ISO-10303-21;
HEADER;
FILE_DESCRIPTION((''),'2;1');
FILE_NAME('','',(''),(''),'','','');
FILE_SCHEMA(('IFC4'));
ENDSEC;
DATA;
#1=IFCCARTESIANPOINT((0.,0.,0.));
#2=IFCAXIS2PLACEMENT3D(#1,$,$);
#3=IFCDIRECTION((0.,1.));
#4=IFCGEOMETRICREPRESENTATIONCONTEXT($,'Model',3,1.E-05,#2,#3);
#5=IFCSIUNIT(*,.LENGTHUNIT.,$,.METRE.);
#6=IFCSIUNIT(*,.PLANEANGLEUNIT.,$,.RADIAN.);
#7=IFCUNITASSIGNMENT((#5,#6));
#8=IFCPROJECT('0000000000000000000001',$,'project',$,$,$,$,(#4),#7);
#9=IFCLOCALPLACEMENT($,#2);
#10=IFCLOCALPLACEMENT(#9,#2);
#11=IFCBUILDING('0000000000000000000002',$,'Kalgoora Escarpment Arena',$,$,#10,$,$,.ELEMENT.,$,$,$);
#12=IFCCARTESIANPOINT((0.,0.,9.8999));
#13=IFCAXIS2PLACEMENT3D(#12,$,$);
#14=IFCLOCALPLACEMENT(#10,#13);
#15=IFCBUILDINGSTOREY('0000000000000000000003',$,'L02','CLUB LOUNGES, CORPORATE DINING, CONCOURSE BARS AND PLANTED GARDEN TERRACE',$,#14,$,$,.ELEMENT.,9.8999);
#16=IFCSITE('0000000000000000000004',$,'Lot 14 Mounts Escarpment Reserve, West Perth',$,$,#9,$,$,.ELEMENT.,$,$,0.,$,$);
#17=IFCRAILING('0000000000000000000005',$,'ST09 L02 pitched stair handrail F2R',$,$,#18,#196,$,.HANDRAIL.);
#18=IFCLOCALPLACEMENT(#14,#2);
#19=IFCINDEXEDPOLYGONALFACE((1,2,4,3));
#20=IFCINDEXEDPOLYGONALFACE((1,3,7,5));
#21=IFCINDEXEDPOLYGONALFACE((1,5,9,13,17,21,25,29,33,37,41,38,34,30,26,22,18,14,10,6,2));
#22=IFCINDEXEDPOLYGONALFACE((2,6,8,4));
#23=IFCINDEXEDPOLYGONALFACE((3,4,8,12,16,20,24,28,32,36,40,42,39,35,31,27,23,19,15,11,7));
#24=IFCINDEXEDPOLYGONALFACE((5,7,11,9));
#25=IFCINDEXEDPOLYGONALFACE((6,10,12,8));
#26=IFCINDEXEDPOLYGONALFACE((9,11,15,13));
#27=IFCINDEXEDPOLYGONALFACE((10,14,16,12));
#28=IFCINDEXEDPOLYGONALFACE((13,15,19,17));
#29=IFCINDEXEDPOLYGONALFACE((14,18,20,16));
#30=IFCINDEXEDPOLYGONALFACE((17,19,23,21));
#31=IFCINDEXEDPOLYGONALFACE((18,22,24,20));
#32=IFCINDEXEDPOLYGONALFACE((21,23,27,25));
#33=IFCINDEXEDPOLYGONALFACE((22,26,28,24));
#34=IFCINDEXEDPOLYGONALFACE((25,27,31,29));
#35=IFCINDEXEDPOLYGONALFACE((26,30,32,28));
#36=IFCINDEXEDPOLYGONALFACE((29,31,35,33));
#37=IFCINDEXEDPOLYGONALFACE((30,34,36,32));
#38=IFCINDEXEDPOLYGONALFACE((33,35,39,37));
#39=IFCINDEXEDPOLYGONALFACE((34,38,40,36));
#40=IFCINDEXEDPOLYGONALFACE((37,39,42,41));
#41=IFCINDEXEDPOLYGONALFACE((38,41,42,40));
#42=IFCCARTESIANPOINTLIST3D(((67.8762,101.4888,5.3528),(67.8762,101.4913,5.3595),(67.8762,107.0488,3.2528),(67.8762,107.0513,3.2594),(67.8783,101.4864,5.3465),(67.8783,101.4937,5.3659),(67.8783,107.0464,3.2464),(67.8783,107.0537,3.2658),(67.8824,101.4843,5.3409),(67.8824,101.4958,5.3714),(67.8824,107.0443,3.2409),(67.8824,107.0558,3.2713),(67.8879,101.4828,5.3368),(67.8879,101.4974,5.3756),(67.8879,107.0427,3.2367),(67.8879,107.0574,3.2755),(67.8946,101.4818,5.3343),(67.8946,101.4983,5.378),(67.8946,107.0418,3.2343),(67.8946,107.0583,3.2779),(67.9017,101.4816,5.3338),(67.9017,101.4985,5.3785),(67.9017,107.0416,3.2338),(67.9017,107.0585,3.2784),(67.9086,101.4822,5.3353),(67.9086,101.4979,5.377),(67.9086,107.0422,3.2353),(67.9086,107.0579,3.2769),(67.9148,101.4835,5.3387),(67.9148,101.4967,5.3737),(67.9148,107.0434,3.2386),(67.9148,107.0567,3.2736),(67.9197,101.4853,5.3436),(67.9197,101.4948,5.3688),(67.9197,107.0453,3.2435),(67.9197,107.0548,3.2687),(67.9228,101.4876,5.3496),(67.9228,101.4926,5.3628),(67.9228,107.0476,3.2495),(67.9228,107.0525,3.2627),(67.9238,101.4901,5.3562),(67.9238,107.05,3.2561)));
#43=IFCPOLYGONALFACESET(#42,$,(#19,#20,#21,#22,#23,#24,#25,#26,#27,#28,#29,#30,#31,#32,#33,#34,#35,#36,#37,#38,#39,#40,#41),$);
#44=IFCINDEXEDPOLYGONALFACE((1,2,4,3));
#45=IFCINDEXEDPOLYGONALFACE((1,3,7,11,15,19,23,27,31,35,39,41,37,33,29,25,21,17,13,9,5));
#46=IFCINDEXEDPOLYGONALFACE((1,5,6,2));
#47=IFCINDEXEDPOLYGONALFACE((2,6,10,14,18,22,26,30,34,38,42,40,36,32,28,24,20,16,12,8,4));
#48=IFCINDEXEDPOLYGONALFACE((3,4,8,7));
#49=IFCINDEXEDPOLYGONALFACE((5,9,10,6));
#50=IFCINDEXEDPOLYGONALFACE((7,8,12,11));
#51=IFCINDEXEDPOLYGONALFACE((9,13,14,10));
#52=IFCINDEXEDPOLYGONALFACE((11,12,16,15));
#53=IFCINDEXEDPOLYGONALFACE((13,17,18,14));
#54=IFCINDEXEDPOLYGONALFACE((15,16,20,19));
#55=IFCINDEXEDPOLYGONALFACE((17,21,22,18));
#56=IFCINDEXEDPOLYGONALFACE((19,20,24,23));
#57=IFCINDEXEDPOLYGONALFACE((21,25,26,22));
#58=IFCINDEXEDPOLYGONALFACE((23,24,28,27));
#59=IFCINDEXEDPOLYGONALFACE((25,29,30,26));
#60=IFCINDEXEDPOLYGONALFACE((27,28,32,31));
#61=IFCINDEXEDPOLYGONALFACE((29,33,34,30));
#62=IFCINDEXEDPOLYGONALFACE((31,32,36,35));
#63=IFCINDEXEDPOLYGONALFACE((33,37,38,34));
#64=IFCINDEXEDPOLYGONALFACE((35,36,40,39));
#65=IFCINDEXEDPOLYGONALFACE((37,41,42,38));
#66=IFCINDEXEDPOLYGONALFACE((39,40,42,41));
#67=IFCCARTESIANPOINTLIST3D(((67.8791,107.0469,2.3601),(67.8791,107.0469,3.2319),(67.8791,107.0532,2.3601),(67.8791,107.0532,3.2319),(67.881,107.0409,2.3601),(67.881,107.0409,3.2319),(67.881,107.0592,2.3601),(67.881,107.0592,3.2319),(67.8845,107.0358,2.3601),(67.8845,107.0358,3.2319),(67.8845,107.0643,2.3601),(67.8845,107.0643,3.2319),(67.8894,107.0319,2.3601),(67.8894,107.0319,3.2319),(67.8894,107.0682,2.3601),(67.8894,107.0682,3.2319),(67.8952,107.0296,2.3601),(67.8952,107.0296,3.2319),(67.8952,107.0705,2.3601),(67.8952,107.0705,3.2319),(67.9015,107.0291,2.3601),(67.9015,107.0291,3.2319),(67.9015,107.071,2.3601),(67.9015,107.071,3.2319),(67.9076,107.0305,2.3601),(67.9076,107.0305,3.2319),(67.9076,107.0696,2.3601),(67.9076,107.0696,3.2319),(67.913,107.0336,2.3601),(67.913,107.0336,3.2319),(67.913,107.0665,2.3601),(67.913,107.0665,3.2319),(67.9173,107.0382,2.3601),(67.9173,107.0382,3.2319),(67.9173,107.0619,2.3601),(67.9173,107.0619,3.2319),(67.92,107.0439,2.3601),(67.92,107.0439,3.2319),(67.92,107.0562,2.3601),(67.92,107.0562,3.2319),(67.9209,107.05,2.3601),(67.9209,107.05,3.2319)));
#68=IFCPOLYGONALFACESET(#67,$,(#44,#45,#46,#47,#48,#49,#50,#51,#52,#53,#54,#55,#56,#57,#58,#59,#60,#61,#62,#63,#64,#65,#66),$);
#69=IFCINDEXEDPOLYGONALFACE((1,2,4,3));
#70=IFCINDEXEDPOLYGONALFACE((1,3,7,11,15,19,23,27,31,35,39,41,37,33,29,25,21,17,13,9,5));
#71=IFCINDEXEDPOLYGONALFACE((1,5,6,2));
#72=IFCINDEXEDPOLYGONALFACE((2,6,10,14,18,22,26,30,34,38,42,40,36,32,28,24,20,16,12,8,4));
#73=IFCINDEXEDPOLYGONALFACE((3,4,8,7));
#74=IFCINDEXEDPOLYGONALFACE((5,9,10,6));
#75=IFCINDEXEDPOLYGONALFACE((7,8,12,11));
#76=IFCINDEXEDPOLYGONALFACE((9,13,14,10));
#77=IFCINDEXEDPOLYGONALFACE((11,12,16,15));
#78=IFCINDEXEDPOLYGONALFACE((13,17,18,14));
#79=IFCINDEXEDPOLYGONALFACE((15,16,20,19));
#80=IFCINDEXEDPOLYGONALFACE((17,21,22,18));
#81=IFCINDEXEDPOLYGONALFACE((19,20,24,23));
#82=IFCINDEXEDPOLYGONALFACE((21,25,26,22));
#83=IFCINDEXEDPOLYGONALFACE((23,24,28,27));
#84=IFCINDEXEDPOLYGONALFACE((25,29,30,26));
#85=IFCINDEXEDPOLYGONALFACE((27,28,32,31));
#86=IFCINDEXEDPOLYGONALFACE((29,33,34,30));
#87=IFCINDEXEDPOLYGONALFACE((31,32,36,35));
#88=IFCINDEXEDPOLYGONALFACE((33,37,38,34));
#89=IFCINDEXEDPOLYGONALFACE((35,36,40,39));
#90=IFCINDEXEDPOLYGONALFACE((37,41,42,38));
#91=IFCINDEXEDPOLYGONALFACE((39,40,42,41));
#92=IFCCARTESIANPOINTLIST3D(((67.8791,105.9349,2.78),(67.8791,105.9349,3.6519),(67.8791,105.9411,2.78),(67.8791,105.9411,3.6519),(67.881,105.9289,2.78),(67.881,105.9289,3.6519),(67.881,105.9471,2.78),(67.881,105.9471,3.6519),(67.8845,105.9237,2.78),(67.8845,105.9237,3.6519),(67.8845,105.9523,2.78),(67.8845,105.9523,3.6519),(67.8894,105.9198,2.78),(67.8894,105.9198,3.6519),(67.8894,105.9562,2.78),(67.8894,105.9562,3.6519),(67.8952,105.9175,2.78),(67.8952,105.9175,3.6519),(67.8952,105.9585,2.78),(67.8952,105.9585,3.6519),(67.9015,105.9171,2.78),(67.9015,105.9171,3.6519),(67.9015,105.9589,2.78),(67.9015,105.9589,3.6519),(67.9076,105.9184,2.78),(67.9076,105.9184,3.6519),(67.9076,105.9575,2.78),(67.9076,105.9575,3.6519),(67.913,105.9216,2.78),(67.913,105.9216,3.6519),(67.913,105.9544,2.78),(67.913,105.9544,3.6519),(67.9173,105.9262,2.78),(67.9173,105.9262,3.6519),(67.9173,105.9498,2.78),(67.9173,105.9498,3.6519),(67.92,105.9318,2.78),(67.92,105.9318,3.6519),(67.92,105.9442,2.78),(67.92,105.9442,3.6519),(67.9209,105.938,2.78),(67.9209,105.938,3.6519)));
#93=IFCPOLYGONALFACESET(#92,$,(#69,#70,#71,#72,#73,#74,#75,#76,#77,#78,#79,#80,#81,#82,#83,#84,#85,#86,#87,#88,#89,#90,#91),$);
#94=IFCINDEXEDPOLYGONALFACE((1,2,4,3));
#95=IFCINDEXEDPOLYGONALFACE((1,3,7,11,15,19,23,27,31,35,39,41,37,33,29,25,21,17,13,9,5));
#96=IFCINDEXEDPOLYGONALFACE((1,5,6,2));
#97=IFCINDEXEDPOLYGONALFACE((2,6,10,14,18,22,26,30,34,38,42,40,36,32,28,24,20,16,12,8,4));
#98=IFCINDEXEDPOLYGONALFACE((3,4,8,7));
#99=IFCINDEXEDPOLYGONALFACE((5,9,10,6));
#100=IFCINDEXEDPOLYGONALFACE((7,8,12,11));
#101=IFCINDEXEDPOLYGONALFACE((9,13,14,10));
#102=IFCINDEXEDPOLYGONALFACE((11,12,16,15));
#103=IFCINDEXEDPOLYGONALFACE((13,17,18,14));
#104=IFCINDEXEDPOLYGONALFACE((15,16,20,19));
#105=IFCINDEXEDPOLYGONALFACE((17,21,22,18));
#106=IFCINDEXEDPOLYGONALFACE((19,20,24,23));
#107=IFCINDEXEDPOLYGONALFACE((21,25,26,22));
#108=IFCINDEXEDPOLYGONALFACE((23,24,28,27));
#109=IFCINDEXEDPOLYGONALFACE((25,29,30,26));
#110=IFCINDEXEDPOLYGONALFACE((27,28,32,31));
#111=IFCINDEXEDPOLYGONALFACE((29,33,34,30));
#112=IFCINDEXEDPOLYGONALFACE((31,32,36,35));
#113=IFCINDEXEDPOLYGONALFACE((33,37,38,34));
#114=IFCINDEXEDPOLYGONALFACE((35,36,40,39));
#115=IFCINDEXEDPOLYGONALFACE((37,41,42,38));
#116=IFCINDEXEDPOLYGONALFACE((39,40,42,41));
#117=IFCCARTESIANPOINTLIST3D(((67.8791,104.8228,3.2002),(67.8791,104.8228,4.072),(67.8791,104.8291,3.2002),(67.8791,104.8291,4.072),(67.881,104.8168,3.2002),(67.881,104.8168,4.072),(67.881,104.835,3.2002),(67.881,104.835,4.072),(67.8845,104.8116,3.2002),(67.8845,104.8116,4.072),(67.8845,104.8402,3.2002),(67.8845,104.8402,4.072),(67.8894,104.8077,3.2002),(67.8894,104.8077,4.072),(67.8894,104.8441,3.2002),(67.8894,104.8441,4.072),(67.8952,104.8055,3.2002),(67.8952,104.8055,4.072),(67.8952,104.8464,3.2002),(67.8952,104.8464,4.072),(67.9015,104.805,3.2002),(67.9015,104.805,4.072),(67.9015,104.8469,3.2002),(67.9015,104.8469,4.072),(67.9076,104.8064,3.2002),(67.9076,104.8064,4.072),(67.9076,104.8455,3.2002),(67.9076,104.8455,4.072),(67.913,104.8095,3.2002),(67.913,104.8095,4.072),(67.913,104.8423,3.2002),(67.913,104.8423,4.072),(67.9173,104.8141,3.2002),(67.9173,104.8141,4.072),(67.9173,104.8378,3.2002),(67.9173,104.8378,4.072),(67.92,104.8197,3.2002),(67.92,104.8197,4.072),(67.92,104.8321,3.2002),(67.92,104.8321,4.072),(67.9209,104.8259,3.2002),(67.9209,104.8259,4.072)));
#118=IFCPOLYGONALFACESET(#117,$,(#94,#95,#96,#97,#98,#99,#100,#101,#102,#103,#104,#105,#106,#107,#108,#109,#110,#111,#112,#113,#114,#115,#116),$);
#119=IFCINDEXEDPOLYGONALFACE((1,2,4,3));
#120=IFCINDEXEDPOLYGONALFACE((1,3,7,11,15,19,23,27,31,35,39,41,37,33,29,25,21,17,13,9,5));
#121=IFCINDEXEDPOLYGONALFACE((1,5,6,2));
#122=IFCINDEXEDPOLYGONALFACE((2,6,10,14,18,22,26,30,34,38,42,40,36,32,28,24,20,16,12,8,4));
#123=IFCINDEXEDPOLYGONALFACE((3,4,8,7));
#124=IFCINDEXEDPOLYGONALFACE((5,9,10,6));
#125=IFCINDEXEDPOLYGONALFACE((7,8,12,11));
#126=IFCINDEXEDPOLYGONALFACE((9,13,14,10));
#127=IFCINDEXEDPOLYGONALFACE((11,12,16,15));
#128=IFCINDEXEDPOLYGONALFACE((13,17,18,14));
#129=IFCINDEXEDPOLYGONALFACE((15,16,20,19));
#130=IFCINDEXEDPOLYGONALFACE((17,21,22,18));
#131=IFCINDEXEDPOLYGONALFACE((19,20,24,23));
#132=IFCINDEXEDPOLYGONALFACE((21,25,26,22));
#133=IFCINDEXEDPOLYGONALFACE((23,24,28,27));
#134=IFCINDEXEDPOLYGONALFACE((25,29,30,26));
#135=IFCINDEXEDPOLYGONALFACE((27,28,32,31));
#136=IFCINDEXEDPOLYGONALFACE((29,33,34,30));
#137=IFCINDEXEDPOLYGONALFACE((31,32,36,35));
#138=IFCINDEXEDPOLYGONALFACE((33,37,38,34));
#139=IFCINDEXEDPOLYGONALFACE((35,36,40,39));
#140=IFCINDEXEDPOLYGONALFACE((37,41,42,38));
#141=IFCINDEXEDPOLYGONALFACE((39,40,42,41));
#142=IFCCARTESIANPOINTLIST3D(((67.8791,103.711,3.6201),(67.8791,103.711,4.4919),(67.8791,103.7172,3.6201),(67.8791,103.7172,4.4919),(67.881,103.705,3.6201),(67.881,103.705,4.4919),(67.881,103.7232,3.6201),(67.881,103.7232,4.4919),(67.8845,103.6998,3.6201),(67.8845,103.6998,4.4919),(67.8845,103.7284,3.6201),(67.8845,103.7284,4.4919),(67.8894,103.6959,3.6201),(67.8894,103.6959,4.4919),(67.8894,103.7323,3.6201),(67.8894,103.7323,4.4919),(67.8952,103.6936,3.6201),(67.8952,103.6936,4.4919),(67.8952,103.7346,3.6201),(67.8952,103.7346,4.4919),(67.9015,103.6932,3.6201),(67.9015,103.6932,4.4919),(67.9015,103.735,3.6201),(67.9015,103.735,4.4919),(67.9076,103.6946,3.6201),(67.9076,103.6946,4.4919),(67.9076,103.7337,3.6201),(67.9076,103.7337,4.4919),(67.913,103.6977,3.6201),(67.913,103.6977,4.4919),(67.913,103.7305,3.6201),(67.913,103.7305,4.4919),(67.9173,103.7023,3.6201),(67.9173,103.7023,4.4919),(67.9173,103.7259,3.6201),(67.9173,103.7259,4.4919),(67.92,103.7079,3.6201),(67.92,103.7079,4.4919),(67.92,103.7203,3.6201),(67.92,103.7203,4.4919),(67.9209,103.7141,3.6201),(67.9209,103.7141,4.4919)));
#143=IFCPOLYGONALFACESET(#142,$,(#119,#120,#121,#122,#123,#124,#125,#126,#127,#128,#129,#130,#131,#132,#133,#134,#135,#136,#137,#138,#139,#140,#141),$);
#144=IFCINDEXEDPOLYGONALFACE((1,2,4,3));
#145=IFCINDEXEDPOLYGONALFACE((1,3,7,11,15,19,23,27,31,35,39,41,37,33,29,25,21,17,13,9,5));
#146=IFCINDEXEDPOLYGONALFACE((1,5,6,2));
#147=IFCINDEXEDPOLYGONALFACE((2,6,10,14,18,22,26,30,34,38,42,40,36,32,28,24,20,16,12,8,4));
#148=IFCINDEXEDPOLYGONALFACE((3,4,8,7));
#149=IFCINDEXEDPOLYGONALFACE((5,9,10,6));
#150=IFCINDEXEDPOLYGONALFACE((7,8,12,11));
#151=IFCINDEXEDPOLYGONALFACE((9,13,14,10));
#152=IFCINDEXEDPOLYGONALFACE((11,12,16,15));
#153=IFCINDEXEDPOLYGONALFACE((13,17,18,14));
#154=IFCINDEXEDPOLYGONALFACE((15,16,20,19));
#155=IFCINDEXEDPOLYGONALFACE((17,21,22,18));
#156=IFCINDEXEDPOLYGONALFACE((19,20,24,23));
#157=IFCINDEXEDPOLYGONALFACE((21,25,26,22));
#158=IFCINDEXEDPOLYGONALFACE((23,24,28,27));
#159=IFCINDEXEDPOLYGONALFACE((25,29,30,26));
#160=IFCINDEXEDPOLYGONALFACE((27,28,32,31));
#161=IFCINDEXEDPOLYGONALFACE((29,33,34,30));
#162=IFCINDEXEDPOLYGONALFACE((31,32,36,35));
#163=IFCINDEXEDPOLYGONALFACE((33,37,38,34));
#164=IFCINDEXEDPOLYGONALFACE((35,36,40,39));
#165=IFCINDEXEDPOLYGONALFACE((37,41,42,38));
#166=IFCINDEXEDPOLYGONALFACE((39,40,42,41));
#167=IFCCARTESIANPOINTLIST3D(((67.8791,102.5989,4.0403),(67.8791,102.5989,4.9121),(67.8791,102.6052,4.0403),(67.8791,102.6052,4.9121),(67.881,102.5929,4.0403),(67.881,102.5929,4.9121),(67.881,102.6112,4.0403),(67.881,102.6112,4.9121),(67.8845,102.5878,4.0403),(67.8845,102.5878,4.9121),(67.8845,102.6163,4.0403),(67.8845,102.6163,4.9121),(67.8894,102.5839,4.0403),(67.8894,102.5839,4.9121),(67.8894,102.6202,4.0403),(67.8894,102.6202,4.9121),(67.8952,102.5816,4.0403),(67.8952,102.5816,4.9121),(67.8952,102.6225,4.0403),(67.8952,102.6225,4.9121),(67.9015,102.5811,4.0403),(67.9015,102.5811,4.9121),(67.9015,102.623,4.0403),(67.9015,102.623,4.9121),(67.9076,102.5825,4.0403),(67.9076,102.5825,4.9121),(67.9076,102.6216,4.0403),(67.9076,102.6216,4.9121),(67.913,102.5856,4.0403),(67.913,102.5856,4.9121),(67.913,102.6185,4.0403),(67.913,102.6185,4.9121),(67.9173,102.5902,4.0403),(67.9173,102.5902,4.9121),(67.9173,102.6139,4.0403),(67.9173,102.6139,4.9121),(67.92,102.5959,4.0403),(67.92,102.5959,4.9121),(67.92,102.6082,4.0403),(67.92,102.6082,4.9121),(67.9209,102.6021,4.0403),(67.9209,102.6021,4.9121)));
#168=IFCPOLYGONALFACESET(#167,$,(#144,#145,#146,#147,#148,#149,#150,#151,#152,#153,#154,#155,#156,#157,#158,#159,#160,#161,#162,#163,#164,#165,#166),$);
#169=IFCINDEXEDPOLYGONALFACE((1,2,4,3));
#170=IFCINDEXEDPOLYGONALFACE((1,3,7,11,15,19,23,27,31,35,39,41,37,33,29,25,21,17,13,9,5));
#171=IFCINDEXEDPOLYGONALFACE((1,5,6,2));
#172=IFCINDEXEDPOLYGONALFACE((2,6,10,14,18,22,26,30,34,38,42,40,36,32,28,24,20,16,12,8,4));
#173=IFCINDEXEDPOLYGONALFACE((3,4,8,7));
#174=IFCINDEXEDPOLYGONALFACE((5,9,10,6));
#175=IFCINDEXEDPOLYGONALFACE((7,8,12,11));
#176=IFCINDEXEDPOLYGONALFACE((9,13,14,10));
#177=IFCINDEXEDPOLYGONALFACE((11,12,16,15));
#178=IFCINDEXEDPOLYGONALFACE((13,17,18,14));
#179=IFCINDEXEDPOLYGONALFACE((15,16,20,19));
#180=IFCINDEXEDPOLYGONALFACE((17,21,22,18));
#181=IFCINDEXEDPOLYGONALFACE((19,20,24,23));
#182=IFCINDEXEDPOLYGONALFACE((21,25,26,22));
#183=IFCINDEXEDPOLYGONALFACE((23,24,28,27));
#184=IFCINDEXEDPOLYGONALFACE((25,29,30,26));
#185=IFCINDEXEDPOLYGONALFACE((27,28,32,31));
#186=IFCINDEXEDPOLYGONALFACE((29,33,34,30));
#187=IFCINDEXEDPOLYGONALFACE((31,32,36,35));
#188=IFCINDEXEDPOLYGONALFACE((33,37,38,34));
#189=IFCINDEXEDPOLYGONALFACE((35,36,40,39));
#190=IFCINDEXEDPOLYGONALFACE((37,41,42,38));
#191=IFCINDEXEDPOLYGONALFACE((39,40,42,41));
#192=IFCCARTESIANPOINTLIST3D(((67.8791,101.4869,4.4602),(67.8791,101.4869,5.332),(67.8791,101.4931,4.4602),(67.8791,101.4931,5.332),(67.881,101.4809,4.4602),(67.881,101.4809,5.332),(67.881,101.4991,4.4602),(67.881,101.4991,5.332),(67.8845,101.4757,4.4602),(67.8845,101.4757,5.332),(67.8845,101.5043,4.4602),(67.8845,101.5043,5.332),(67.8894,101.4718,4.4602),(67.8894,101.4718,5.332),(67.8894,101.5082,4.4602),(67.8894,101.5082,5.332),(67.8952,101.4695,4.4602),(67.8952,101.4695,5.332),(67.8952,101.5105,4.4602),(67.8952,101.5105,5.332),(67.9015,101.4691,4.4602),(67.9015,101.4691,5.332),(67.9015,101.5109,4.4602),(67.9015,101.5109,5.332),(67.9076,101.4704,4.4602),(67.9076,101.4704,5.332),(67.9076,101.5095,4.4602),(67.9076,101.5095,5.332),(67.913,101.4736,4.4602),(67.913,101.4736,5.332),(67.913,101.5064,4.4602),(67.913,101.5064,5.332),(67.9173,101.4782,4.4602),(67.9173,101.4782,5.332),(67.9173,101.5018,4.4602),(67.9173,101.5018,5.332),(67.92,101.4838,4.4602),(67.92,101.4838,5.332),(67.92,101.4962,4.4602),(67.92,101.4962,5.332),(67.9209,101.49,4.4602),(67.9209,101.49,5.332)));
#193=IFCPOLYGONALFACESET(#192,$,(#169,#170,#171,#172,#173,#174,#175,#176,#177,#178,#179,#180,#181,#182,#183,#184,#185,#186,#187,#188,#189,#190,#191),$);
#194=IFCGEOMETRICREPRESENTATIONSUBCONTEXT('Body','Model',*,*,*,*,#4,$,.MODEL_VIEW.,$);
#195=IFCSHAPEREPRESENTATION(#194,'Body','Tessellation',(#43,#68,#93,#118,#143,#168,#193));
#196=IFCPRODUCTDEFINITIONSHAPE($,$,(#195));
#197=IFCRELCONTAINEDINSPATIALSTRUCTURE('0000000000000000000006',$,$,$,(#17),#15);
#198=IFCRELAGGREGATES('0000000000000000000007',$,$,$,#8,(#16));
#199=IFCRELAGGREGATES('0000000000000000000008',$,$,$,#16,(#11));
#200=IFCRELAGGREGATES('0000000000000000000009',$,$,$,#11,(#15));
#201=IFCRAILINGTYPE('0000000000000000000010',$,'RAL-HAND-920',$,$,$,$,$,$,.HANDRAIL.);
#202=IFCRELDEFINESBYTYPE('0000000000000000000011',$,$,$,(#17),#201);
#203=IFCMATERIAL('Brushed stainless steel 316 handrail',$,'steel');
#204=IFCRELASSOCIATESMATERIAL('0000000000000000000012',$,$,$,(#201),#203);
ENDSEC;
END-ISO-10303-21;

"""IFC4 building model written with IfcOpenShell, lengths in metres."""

from ifc_helpers import new_model, si_unit, direction, frame, origin, origin_2d, place, context, subcontext, project, spatial, circle, extrude, material, type_object, element, save


model = new_model("IFC4")

# Units and contexts
model_context = context("Model", 3, precision=1e-05, world=origin(), true_north=direction((0.0, 1.0)))
body_context = subcontext(model_context, "Body", "Model", "MODEL_VIEW")
ifc_project = project(units=[si_unit("LENGTHUNIT", "METRE"), si_unit("PLANEANGLEUNIT", "RADIAN")], contexts=[model_context])

# Site, building, storey
site_placement = place(None, origin())
site = spatial("IfcSite", under=ifc_project, at=site_placement, Name="Lot 14 Mounts Escarpment Reserve, West Perth", CompositionType="ELEMENT", RefElevation=0.0)
building_placement = place(site_placement, origin())
building = spatial("IfcBuilding", under=site, at=building_placement, Name="Kalgoora Escarpment Arena", CompositionType="ELEMENT")
storey_placement = place(building_placement, frame((0.0, 0.0, 9.8999)))
storey = spatial("IfcBuildingStorey", under=building, at=storey_placement, Name="L02", Description="CLUB LOUNGES, CORPORATE DINING, CONCOURSE BARS AND PLANTED GARDEN TERRACE", CompositionType="ELEMENT", Elevation=9.8999)

# Railing
ifc_material_1 = material(Name="Brushed stainless steel 316 handrail", Category="steel")
railing_type_1 = type_object("IfcRailingType", Name="RAL-HAND-920", PredefinedType="HANDRAIL", material=ifc_material_1)
for number, where, name in (
    (1, (67.8999, 107.05, 2.3601), "ST09 L02 pitched stair handrail F2R"),
):
    element("IfcRailing", number, at=place(storey_placement, frame(where)), inside=storey, type_object=railing_type_1, Name=name, PredefinedType="HANDRAIL", context=body_context, shape_type="SweptSolid", body=[
        extrude(circle(Radius=0.0239, at=origin_2d()), frame((0.0, 0.0, 0.896), z_axis=(0.0, -0.935493, 0.353346), x_axis=(1.0, 0.0, 0.0)), (0.0, 0.0, 1.0), 5.9434),
        extrude(circle(Radius=0.021, at=origin_2d()), origin(), (0.0, 0.0, 1.0), 0.8718),
        extrude(circle(Radius=0.021, at=origin_2d()), frame((0.0, -1.1121, 0.4199)), (0.0, 0.0, 1.0), 0.8718),
        extrude(circle(Radius=0.021, at=origin_2d()), frame((0.0, -2.2241, 0.8401)), (0.0, 0.0, 1.0), 0.8718),
        extrude(circle(Radius=0.021, at=origin_2d()), frame((0.0, -3.3359, 1.26)), (0.0, 0.0, 1.0), 0.8718),
        extrude(circle(Radius=0.021, at=origin_2d()), frame((0.0, -4.448, 1.6802)), (0.0, 0.0, 1.0), 0.8718),
        extrude(circle(Radius=0.021, at=origin_2d()), frame((0.0, -5.5601, 2.1001)), (0.0, 0.0, 1.0), 0.8718),
    ])

save(model, "model.ifc")
